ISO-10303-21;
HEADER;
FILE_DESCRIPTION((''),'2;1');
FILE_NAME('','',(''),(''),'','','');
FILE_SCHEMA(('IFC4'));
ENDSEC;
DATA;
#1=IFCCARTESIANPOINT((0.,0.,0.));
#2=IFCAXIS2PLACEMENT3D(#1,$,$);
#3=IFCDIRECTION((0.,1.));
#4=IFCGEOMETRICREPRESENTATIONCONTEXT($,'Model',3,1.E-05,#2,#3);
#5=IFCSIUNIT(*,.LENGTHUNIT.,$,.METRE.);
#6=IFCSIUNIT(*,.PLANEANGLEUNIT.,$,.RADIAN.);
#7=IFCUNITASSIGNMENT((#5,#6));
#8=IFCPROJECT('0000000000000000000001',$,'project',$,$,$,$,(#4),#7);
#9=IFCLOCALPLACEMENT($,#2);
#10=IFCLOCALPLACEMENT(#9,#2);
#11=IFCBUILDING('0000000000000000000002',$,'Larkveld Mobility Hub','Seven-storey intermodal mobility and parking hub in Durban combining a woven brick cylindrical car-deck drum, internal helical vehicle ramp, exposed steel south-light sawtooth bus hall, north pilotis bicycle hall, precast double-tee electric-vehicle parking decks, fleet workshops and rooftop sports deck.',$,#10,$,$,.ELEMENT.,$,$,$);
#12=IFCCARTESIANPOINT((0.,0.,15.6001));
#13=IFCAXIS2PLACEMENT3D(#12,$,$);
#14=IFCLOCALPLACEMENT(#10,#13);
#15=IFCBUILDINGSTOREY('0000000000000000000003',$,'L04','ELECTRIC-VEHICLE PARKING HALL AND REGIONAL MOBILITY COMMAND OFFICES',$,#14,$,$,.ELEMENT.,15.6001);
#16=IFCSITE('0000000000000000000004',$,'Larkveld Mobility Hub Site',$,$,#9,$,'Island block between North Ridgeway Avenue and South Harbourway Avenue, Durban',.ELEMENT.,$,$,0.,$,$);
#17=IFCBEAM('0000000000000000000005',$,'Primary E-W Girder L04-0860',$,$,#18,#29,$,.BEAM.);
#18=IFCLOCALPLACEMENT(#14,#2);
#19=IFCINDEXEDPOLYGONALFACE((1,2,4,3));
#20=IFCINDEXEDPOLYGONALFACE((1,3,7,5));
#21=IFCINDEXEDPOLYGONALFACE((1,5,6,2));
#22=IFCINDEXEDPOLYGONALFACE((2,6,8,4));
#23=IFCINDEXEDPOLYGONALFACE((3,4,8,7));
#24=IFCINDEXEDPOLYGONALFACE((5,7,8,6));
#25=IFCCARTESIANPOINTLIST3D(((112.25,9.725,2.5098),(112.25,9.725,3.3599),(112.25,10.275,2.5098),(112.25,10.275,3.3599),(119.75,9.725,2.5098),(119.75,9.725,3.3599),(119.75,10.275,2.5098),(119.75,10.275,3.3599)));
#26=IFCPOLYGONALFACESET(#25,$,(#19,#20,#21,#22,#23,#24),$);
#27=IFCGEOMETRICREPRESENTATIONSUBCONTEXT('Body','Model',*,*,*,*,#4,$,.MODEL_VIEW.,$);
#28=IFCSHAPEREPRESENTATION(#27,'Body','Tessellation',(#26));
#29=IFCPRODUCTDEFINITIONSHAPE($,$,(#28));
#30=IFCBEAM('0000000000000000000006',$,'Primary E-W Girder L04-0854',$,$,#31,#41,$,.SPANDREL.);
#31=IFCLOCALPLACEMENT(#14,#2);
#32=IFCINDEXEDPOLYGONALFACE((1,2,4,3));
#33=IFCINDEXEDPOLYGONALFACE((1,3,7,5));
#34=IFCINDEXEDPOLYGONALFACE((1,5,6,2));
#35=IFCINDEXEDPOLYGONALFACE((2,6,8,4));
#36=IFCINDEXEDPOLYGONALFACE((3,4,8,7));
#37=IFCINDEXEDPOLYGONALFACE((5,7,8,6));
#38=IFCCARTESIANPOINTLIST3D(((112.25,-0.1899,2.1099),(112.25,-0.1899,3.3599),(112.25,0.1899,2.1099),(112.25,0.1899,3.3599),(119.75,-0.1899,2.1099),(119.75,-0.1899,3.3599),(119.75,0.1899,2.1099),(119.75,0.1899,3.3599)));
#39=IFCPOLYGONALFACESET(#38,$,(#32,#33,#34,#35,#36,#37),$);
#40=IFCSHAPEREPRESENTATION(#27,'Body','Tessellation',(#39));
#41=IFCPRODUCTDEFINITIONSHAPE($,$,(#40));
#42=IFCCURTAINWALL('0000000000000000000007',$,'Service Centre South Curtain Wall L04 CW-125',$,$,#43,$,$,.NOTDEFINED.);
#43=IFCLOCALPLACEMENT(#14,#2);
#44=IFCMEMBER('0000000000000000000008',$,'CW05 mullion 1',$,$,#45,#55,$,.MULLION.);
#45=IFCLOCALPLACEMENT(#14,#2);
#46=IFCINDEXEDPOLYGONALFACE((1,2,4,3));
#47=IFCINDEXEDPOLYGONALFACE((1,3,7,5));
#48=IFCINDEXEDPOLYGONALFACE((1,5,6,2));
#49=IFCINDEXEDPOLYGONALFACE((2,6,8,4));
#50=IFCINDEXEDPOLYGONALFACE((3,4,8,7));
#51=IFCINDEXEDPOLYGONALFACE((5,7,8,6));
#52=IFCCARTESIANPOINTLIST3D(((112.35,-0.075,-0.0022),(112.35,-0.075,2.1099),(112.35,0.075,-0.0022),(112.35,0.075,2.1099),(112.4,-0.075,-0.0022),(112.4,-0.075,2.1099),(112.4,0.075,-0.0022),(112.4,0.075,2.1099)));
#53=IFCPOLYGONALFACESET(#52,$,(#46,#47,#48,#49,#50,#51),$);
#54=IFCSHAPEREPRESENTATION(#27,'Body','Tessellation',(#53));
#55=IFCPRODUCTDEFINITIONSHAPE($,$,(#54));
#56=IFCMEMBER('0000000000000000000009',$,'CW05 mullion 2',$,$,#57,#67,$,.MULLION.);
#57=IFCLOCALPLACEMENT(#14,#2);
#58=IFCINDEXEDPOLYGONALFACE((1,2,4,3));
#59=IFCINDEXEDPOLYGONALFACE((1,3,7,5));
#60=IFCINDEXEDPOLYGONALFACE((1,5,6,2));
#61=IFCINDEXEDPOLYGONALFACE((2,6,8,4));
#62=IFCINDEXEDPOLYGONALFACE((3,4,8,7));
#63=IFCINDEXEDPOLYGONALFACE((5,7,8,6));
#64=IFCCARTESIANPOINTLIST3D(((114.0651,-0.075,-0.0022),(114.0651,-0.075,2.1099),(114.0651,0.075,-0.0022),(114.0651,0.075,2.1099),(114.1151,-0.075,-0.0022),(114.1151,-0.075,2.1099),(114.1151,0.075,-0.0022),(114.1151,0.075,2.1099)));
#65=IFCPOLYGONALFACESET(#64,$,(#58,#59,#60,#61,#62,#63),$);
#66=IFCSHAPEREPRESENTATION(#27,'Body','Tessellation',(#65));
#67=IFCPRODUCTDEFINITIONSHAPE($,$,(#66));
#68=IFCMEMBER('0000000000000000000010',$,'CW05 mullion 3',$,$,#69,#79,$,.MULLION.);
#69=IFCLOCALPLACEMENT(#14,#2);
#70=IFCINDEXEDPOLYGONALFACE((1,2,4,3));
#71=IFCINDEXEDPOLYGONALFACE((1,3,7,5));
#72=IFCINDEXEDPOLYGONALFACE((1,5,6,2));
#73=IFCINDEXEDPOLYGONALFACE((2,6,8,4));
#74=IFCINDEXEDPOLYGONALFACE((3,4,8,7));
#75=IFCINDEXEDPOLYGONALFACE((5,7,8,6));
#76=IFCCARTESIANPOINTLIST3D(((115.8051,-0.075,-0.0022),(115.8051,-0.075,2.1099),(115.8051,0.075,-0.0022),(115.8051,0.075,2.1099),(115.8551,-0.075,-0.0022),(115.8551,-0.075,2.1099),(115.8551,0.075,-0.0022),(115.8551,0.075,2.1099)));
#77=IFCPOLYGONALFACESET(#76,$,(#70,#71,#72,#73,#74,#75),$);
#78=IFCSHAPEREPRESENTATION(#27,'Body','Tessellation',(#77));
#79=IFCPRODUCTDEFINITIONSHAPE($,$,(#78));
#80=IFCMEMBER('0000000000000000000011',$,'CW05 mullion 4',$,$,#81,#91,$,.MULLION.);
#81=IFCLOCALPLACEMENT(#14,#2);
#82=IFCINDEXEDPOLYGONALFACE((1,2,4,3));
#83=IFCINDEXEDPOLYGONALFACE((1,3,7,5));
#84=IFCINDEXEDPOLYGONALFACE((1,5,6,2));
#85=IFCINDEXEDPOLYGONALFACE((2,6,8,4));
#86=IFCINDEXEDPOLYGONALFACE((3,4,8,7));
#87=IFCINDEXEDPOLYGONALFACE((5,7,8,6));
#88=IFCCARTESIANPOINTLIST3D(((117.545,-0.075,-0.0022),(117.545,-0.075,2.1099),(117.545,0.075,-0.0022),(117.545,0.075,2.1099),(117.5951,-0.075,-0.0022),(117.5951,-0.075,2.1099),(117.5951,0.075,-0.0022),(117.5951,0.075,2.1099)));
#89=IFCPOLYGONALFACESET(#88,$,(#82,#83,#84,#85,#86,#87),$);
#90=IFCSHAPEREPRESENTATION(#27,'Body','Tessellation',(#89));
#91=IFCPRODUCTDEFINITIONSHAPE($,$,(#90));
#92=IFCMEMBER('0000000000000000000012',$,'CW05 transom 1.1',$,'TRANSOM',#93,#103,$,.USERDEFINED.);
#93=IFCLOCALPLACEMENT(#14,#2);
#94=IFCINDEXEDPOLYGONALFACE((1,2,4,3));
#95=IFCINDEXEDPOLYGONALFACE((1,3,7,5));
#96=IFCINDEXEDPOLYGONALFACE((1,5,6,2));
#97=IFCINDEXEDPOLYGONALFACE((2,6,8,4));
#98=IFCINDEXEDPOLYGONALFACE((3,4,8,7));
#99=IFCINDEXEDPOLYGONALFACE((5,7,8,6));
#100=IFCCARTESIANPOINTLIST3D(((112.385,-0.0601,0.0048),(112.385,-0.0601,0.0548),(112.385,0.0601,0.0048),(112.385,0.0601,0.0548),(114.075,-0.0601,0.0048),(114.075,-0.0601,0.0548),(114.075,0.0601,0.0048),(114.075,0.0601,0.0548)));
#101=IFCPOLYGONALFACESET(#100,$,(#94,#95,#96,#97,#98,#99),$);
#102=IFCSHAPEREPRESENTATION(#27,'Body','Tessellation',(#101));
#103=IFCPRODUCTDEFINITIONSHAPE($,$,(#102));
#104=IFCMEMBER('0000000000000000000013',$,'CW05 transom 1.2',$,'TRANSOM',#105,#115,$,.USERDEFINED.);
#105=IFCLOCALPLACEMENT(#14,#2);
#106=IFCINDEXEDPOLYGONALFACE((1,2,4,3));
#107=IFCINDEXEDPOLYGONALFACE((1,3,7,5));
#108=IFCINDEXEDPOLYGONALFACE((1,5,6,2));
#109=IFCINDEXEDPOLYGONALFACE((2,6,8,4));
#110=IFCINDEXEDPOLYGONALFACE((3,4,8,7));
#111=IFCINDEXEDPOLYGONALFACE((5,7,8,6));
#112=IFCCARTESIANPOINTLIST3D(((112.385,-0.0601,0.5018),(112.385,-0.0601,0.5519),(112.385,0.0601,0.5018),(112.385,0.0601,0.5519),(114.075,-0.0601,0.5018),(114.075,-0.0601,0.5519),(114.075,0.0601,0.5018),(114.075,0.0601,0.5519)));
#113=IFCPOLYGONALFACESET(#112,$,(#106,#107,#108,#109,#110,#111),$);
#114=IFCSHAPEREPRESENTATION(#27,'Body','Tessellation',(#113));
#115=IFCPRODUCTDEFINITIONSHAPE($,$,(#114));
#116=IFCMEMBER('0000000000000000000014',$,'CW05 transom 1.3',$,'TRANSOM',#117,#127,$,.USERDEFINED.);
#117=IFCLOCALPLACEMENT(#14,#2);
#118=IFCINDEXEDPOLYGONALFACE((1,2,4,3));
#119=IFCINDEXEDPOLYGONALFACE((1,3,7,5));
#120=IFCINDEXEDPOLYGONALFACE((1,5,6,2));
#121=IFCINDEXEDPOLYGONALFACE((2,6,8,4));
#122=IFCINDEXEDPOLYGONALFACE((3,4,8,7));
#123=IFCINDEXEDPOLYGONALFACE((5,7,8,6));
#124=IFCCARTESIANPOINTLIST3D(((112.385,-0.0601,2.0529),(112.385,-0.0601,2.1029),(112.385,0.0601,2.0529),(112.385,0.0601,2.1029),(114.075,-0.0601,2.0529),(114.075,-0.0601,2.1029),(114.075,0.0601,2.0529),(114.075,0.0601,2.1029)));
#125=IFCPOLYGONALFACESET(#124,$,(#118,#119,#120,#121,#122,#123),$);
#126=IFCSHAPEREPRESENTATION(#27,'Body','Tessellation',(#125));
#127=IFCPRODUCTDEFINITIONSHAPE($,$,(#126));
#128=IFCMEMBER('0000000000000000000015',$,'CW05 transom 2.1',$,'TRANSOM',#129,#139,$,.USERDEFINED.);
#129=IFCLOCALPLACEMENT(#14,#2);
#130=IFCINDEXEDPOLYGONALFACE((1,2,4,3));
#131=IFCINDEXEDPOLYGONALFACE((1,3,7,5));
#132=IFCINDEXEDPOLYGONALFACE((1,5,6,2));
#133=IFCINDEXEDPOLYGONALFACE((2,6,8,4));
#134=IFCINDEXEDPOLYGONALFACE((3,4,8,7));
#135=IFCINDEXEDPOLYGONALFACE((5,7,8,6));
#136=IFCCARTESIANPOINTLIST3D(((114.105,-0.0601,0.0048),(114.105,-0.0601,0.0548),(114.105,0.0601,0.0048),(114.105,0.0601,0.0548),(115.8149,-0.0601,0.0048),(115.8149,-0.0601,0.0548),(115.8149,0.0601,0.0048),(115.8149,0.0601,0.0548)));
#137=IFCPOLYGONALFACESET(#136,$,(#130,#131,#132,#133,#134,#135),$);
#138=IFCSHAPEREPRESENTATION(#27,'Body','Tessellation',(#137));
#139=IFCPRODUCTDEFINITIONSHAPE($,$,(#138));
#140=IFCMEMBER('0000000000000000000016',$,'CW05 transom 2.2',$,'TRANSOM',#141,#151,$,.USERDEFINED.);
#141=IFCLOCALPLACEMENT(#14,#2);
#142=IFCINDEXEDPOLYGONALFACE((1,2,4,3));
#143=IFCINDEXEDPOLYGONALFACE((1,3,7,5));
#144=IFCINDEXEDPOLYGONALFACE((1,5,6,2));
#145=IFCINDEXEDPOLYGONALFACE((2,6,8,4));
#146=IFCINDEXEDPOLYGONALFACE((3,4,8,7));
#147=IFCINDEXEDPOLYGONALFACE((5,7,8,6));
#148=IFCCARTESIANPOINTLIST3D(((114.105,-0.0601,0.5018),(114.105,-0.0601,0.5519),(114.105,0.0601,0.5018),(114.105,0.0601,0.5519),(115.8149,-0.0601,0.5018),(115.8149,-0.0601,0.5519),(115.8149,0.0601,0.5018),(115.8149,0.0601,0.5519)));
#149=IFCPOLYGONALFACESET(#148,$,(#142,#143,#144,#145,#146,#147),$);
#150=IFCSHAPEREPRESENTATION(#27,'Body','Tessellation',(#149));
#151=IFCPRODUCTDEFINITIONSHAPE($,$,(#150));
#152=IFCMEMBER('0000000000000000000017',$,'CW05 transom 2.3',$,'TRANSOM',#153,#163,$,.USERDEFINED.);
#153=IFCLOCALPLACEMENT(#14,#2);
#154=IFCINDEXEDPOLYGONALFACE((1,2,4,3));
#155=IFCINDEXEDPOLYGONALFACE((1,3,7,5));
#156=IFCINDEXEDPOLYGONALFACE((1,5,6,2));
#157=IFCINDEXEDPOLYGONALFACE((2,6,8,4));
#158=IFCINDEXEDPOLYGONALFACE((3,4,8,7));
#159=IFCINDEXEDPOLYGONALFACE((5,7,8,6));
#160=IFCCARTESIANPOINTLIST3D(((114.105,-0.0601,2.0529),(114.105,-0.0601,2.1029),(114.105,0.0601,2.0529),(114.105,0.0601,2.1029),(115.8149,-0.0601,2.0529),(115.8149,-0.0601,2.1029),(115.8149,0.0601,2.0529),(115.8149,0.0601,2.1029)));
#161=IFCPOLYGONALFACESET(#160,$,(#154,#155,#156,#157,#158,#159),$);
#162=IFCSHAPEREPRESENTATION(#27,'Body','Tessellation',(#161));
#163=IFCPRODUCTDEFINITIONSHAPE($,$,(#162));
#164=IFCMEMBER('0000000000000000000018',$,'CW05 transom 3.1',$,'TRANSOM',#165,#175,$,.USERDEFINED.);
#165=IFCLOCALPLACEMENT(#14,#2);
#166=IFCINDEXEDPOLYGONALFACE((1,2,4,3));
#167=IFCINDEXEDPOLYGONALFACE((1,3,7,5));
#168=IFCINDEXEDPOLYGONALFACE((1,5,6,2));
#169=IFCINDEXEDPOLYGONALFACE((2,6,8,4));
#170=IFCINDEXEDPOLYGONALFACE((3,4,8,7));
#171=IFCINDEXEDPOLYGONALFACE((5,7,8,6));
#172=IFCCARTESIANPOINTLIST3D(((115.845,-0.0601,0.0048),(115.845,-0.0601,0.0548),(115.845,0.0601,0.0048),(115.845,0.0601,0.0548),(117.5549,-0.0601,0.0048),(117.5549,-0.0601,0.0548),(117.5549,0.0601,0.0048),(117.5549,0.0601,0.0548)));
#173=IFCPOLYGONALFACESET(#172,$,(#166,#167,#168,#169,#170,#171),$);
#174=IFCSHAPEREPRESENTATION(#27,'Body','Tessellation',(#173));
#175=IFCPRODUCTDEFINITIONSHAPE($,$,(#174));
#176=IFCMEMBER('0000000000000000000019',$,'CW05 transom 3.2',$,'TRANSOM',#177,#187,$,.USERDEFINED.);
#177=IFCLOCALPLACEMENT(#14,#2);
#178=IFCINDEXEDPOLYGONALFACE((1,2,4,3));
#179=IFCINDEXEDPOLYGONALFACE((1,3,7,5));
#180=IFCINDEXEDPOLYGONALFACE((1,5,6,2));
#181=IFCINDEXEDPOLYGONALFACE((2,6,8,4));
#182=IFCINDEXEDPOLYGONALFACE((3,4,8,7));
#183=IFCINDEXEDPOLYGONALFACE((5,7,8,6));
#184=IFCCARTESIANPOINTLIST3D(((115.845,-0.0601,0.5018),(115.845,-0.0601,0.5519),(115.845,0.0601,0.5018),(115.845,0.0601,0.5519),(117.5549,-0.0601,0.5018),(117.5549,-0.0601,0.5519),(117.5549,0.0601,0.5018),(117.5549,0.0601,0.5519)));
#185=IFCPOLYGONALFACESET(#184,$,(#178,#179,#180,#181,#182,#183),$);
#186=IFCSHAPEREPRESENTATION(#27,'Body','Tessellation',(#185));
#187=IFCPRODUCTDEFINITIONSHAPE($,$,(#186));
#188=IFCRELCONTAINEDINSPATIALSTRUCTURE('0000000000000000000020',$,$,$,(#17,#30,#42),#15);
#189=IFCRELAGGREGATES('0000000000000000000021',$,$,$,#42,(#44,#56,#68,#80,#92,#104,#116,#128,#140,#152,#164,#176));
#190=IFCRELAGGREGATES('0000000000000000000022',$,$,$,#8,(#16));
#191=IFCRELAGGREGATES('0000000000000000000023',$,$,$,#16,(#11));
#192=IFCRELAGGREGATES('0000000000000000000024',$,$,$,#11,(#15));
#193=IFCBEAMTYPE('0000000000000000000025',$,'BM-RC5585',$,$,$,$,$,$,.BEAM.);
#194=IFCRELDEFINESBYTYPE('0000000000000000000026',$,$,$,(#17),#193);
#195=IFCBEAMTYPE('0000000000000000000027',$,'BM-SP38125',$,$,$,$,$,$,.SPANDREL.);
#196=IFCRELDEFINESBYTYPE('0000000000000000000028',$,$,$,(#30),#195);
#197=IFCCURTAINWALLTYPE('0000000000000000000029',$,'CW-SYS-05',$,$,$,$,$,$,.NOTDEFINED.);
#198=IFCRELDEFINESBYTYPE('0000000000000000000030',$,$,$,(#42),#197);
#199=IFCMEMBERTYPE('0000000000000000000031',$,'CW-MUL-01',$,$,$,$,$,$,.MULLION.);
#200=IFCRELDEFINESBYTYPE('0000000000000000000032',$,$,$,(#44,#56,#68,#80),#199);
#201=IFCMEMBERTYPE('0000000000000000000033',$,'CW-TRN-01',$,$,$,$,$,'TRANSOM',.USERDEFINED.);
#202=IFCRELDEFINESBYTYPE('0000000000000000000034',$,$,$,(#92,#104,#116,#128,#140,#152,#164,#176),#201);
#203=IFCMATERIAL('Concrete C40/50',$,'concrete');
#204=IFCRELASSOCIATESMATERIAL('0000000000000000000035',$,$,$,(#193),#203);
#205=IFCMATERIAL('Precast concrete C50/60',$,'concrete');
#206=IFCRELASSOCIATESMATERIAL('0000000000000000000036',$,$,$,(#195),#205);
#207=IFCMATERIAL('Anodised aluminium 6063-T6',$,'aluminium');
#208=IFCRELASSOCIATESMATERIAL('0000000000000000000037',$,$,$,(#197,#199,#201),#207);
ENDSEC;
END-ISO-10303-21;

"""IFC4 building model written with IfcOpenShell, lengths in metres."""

from ifc_helpers import new_model, si_unit, direction, frame, origin, origin_2d, place, context, subcontext, project, spatial, rectangle, extrude, material, material_profile, profile_set, type_object, element, aggregate, save


model = new_model("IFC4")

# Units and contexts
model_context = context("Model", 3, precision=1e-05, world=origin(), true_north=direction((0.0, 1.0)))
body_context = subcontext(model_context, "Body", "Model", "MODEL_VIEW")
ifc_project = project(units=[si_unit("LENGTHUNIT", "METRE"), si_unit("PLANEANGLEUNIT", "RADIAN")], contexts=[model_context])

# Site, building, storey
site_placement = place(None, origin())
site = spatial("IfcSite", under=ifc_project, at=site_placement, Name="Larkveld Mobility Hub Site", LongName="Island block between North Ridgeway Avenue and South Harbourway Avenue, Durban", CompositionType="ELEMENT", RefElevation=0.0)
building_placement = place(site_placement, origin())
building = spatial("IfcBuilding", under=site, at=building_placement, Name="Larkveld Mobility Hub", Description="Seven-storey intermodal mobility and parking hub in Durban combining a woven brick cylindrical car-deck drum, internal helical vehicle ramp, exposed steel south-light sawtooth bus hall, north pilotis bicycle hall, precast double-tee electric-vehicle parking decks, fleet workshops and rooftop sports deck.", CompositionType="ELEMENT")
storey_placement = place(building_placement, frame((0.0, 0.0, 15.6001)))
storey = spatial("IfcBuildingStorey", under=building, at=storey_placement, Name="L04", Description="ELECTRIC-VEHICLE PARKING HALL AND REGIONAL MOBILITY COMMAND OFFICES", CompositionType="ELEMENT", Elevation=15.6001)

# Beams
ifc_material_1 = material(Name="Concrete C40/50", Category="concrete")
ifc_material_profile_1 = material_profile(ifc_material_1, rectangle(XDim=0.55, YDim=0.8501, at=origin_2d()), Name="RC BM 550x850")
ifc_profile_set_1 = profile_set([ifc_material_profile_1], Name="Concrete C40/50")
beam_type_1 = type_object("IfcBeamType", Name="BM-RC5585", PredefinedType="BEAM", material=ifc_profile_set_1)
beam_1_placement = place(storey_placement, frame((112.25, 10.0, 2.9348), z_axis=(1.0, 0.0, 0.0), x_axis=(0.0, 1.0, 0.0)))
element("IfcBeam", 1, at=beam_1_placement, inside=storey, type_object=beam_type_1, Name="Primary E-W Girder L04-0860", PredefinedType="BEAM", context=body_context, shape_type="SweptSolid", body=[
    extrude(rectangle(XDim=0.55, YDim=0.8501, at=origin_2d()), origin(), (0.0, 0.0, 1.0), 7.5),
])
ifc_material_2 = material(Name="Precast concrete C50/60", Category="concrete")
ifc_material_profile_2 = material_profile(ifc_material_2, rectangle(XDim=0.3799, YDim=1.25, at=origin_2d()), Name="PC SP 380x1250")
ifc_profile_set_2 = profile_set([ifc_material_profile_2], Name="Precast concrete C50/60")
beam_type_2 = type_object("IfcBeamType", Name="BM-SP38125", PredefinedType="SPANDREL", material=ifc_profile_set_2)
beam_2_placement = place(storey_placement, frame((112.25, 0.0, 2.7349), z_axis=(1.0, 0.0, 0.0), x_axis=(0.0, 1.0, 0.0)))
element("IfcBeam", 2, at=beam_2_placement, inside=storey, type_object=beam_type_2, Name="Primary E-W Girder L04-0854", PredefinedType="SPANDREL", context=body_context, shape_type="SweptSolid", body=[
    extrude(rectangle(XDim=0.3799, YDim=1.25, at=origin_2d()), origin(), (0.0, 0.0, 1.0), 7.5),
])

# Curtain wall, members
ifc_material_3 = material(Name="Anodised aluminium 6063-T6", Category="aluminium")
curtain_wall_type = type_object("IfcCurtainWallType", Name="CW-SYS-05", PredefinedType="NOTDEFINED", material=ifc_material_3)
curtain_wall_placement = place(storey_placement, origin())
curtain_wall = element("IfcCurtainWall", 3, at=curtain_wall_placement, inside=storey, type_object=curtain_wall_type, Name="Service Centre South Curtain Wall L04 CW-125", PredefinedType="NOTDEFINED")
ifc_material_profile_3 = material_profile(ifc_material_3, rectangle(XDim=0.05, YDim=0.1499, at=origin_2d()), Name="ALU MULL 50x150")
ifc_profile_set_3 = profile_set([ifc_material_profile_3], Name="Anodised aluminium 6063-T6")
member_type_1 = type_object("IfcMemberType", Name="CW-MUL-01", PredefinedType="MULLION", material=ifc_profile_set_3)
member_1_placement = place(storey_placement, frame((112.375, 0.0, -0.0022), z_axis=(0.0, 0.0, 1.0), x_axis=(1.0, 0.0, 0.0)))
member_1 = element("IfcMember", 4, at=member_1_placement, type_object=member_type_1, Name="CW05 mullion 1", PredefinedType="MULLION", context=body_context, shape_type="SweptSolid", body=[
    extrude(rectangle(XDim=0.05, YDim=0.1499, at=origin_2d()), origin(), (0.0, 0.0, 1.0), 2.1121),
])
member_2_placement = place(storey_placement, frame((114.0901, 0.0, -0.0022), z_axis=(0.0, 0.0, 1.0), x_axis=(1.0, 0.0, 0.0)))
member_2 = element("IfcMember", 5, at=member_2_placement, type_object=member_type_1, Name="CW05 mullion 2", PredefinedType="MULLION", context=body_context, shape_type="SweptSolid", body=[
    extrude(rectangle(XDim=0.05, YDim=0.1499, at=origin_2d()), origin(), (0.0, 0.0, 1.0), 2.1121),
])
member_3_placement = place(storey_placement, frame((115.8301, 0.0, -0.0022), z_axis=(0.0, 0.0, 1.0), x_axis=(1.0, 0.0, 0.0)))
member_3 = element("IfcMember", 6, at=member_3_placement, type_object=member_type_1, Name="CW05 mullion 3", PredefinedType="MULLION", context=body_context, shape_type="SweptSolid", body=[
    extrude(rectangle(XDim=0.05, YDim=0.1499, at=origin_2d()), origin(), (0.0, 0.0, 1.0), 2.1121),
])
member_4_placement = place(storey_placement, frame((117.5701, 0.0, -0.0022), z_axis=(0.0, 0.0, 1.0), x_axis=(1.0, 0.0, 0.0)))
member_4 = element("IfcMember", 7, at=member_4_placement, type_object=member_type_1, Name="CW05 mullion 4", PredefinedType="MULLION", context=body_context, shape_type="SweptSolid", body=[
    extrude(rectangle(XDim=0.05, YDim=0.1499, at=origin_2d()), origin(), (0.0, 0.0, 1.0), 2.1121),
])
ifc_material_profile_4 = material_profile(ifc_material_3, rectangle(XDim=0.1201, YDim=0.05, at=origin_2d()), Name="ALU TRAN 50x120")
ifc_profile_set_4 = profile_set([ifc_material_profile_4], Name="Anodised aluminium 6063-T6")
member_type_2 = type_object("IfcMemberType", Name="CW-TRN-01", ElementType="TRANSOM", PredefinedType="USERDEFINED", material=ifc_profile_set_4)
member_5_placement = place(storey_placement, frame((112.385, 0.0, 0.0298), z_axis=(1.0, 0.0, 0.0), x_axis=(0.0, 1.0, 0.0)))
member_5 = element("IfcMember", 8, at=member_5_placement, type_object=member_type_2, Name="CW05 transom 1.1", ObjectType="TRANSOM", PredefinedType="USERDEFINED", context=body_context, shape_type="SweptSolid", body=[
    extrude(rectangle(XDim=0.1201, YDim=0.05, at=origin_2d()), origin(), (0.0, 0.0, 1.0), 1.6899),
])
member_6_placement = place(storey_placement, frame((112.385, 0.0, 0.5269), z_axis=(1.0, 0.0, 0.0), x_axis=(0.0, 1.0, 0.0)))
member_6 = element("IfcMember", 9, at=member_6_placement, type_object=member_type_2, Name="CW05 transom 1.2", ObjectType="TRANSOM", PredefinedType="USERDEFINED", context=body_context, shape_type="SweptSolid", body=[
    extrude(rectangle(XDim=0.1201, YDim=0.05, at=origin_2d()), origin(), (0.0, 0.0, 1.0), 1.6899),
])
member_7_placement = place(storey_placement, frame((112.385, 0.0, 2.0779), z_axis=(1.0, 0.0, 0.0), x_axis=(0.0, 1.0, 0.0)))
member_7 = element("IfcMember", 10, at=member_7_placement, type_object=member_type_2, Name="CW05 transom 1.3", ObjectType="TRANSOM", PredefinedType="USERDEFINED", context=body_context, shape_type="SweptSolid", body=[
    extrude(rectangle(XDim=0.1201, YDim=0.05, at=origin_2d()), origin(), (0.0, 0.0, 1.0), 1.6899),
])
member_8_placement = place(storey_placement, frame((114.105, 0.0, 0.0298), z_axis=(1.0, 0.0, 0.0), x_axis=(0.0, 1.0, 0.0)))
member_8 = element("IfcMember", 11, at=member_8_placement, type_object=member_type_2, Name="CW05 transom 2.1", ObjectType="TRANSOM", PredefinedType="USERDEFINED", context=body_context, shape_type="SweptSolid", body=[
    extrude(rectangle(XDim=0.1201, YDim=0.05, at=origin_2d()), origin(), (0.0, 0.0, 1.0), 1.71),
])
member_9_placement = place(storey_placement, frame((114.105, 0.0, 0.5269), z_axis=(1.0, 0.0, 0.0), x_axis=(0.0, 1.0, 0.0)))
member_9 = element("IfcMember", 12, at=member_9_placement, type_object=member_type_2, Name="CW05 transom 2.2", ObjectType="TRANSOM", PredefinedType="USERDEFINED", context=body_context, shape_type="SweptSolid", body=[
    extrude(rectangle(XDim=0.1201, YDim=0.05, at=origin_2d()), origin(), (0.0, 0.0, 1.0), 1.71),
])
member_10_placement = place(storey_placement, frame((114.105, 0.0, 2.0779), z_axis=(1.0, 0.0, 0.0), x_axis=(0.0, 1.0, 0.0)))
member_10 = element("IfcMember", 13, at=member_10_placement, type_object=member_type_2, Name="CW05 transom 2.3", ObjectType="TRANSOM", PredefinedType="USERDEFINED", context=body_context, shape_type="SweptSolid", body=[
    extrude(rectangle(XDim=0.1201, YDim=0.05, at=origin_2d()), origin(), (0.0, 0.0, 1.0), 1.71),
])
member_11_placement = place(storey_placement, frame((115.845, 0.0, 0.0298), z_axis=(1.0, 0.0, 0.0), x_axis=(0.0, 1.0, 0.0)))
member_11 = element("IfcMember", 14, at=member_11_placement, type_object=member_type_2, Name="CW05 transom 3.1", ObjectType="TRANSOM", PredefinedType="USERDEFINED", context=body_context, shape_type="SweptSolid", body=[
    extrude(rectangle(XDim=0.1201, YDim=0.05, at=origin_2d()), origin(), (0.0, 0.0, 1.0), 1.71),
])
member_12_placement = place(storey_placement, frame((115.845, 0.0, 0.5269), z_axis=(1.0, 0.0, 0.0), x_axis=(0.0, 1.0, 0.0)))
member_12 = element("IfcMember", 15, at=member_12_placement, type_object=member_type_2, Name="CW05 transom 3.2", ObjectType="TRANSOM", PredefinedType="USERDEFINED", context=body_context, shape_type="SweptSolid", body=[
    extrude(rectangle(XDim=0.1201, YDim=0.05, at=origin_2d()), origin(), (0.0, 0.0, 1.0), 1.71),
])
aggregate(curtain_wall, [member_1, member_2, member_3, member_4, member_5, member_6, member_7, member_8, member_9, member_10, member_11, member_12])

save(model, "model.ifc")
